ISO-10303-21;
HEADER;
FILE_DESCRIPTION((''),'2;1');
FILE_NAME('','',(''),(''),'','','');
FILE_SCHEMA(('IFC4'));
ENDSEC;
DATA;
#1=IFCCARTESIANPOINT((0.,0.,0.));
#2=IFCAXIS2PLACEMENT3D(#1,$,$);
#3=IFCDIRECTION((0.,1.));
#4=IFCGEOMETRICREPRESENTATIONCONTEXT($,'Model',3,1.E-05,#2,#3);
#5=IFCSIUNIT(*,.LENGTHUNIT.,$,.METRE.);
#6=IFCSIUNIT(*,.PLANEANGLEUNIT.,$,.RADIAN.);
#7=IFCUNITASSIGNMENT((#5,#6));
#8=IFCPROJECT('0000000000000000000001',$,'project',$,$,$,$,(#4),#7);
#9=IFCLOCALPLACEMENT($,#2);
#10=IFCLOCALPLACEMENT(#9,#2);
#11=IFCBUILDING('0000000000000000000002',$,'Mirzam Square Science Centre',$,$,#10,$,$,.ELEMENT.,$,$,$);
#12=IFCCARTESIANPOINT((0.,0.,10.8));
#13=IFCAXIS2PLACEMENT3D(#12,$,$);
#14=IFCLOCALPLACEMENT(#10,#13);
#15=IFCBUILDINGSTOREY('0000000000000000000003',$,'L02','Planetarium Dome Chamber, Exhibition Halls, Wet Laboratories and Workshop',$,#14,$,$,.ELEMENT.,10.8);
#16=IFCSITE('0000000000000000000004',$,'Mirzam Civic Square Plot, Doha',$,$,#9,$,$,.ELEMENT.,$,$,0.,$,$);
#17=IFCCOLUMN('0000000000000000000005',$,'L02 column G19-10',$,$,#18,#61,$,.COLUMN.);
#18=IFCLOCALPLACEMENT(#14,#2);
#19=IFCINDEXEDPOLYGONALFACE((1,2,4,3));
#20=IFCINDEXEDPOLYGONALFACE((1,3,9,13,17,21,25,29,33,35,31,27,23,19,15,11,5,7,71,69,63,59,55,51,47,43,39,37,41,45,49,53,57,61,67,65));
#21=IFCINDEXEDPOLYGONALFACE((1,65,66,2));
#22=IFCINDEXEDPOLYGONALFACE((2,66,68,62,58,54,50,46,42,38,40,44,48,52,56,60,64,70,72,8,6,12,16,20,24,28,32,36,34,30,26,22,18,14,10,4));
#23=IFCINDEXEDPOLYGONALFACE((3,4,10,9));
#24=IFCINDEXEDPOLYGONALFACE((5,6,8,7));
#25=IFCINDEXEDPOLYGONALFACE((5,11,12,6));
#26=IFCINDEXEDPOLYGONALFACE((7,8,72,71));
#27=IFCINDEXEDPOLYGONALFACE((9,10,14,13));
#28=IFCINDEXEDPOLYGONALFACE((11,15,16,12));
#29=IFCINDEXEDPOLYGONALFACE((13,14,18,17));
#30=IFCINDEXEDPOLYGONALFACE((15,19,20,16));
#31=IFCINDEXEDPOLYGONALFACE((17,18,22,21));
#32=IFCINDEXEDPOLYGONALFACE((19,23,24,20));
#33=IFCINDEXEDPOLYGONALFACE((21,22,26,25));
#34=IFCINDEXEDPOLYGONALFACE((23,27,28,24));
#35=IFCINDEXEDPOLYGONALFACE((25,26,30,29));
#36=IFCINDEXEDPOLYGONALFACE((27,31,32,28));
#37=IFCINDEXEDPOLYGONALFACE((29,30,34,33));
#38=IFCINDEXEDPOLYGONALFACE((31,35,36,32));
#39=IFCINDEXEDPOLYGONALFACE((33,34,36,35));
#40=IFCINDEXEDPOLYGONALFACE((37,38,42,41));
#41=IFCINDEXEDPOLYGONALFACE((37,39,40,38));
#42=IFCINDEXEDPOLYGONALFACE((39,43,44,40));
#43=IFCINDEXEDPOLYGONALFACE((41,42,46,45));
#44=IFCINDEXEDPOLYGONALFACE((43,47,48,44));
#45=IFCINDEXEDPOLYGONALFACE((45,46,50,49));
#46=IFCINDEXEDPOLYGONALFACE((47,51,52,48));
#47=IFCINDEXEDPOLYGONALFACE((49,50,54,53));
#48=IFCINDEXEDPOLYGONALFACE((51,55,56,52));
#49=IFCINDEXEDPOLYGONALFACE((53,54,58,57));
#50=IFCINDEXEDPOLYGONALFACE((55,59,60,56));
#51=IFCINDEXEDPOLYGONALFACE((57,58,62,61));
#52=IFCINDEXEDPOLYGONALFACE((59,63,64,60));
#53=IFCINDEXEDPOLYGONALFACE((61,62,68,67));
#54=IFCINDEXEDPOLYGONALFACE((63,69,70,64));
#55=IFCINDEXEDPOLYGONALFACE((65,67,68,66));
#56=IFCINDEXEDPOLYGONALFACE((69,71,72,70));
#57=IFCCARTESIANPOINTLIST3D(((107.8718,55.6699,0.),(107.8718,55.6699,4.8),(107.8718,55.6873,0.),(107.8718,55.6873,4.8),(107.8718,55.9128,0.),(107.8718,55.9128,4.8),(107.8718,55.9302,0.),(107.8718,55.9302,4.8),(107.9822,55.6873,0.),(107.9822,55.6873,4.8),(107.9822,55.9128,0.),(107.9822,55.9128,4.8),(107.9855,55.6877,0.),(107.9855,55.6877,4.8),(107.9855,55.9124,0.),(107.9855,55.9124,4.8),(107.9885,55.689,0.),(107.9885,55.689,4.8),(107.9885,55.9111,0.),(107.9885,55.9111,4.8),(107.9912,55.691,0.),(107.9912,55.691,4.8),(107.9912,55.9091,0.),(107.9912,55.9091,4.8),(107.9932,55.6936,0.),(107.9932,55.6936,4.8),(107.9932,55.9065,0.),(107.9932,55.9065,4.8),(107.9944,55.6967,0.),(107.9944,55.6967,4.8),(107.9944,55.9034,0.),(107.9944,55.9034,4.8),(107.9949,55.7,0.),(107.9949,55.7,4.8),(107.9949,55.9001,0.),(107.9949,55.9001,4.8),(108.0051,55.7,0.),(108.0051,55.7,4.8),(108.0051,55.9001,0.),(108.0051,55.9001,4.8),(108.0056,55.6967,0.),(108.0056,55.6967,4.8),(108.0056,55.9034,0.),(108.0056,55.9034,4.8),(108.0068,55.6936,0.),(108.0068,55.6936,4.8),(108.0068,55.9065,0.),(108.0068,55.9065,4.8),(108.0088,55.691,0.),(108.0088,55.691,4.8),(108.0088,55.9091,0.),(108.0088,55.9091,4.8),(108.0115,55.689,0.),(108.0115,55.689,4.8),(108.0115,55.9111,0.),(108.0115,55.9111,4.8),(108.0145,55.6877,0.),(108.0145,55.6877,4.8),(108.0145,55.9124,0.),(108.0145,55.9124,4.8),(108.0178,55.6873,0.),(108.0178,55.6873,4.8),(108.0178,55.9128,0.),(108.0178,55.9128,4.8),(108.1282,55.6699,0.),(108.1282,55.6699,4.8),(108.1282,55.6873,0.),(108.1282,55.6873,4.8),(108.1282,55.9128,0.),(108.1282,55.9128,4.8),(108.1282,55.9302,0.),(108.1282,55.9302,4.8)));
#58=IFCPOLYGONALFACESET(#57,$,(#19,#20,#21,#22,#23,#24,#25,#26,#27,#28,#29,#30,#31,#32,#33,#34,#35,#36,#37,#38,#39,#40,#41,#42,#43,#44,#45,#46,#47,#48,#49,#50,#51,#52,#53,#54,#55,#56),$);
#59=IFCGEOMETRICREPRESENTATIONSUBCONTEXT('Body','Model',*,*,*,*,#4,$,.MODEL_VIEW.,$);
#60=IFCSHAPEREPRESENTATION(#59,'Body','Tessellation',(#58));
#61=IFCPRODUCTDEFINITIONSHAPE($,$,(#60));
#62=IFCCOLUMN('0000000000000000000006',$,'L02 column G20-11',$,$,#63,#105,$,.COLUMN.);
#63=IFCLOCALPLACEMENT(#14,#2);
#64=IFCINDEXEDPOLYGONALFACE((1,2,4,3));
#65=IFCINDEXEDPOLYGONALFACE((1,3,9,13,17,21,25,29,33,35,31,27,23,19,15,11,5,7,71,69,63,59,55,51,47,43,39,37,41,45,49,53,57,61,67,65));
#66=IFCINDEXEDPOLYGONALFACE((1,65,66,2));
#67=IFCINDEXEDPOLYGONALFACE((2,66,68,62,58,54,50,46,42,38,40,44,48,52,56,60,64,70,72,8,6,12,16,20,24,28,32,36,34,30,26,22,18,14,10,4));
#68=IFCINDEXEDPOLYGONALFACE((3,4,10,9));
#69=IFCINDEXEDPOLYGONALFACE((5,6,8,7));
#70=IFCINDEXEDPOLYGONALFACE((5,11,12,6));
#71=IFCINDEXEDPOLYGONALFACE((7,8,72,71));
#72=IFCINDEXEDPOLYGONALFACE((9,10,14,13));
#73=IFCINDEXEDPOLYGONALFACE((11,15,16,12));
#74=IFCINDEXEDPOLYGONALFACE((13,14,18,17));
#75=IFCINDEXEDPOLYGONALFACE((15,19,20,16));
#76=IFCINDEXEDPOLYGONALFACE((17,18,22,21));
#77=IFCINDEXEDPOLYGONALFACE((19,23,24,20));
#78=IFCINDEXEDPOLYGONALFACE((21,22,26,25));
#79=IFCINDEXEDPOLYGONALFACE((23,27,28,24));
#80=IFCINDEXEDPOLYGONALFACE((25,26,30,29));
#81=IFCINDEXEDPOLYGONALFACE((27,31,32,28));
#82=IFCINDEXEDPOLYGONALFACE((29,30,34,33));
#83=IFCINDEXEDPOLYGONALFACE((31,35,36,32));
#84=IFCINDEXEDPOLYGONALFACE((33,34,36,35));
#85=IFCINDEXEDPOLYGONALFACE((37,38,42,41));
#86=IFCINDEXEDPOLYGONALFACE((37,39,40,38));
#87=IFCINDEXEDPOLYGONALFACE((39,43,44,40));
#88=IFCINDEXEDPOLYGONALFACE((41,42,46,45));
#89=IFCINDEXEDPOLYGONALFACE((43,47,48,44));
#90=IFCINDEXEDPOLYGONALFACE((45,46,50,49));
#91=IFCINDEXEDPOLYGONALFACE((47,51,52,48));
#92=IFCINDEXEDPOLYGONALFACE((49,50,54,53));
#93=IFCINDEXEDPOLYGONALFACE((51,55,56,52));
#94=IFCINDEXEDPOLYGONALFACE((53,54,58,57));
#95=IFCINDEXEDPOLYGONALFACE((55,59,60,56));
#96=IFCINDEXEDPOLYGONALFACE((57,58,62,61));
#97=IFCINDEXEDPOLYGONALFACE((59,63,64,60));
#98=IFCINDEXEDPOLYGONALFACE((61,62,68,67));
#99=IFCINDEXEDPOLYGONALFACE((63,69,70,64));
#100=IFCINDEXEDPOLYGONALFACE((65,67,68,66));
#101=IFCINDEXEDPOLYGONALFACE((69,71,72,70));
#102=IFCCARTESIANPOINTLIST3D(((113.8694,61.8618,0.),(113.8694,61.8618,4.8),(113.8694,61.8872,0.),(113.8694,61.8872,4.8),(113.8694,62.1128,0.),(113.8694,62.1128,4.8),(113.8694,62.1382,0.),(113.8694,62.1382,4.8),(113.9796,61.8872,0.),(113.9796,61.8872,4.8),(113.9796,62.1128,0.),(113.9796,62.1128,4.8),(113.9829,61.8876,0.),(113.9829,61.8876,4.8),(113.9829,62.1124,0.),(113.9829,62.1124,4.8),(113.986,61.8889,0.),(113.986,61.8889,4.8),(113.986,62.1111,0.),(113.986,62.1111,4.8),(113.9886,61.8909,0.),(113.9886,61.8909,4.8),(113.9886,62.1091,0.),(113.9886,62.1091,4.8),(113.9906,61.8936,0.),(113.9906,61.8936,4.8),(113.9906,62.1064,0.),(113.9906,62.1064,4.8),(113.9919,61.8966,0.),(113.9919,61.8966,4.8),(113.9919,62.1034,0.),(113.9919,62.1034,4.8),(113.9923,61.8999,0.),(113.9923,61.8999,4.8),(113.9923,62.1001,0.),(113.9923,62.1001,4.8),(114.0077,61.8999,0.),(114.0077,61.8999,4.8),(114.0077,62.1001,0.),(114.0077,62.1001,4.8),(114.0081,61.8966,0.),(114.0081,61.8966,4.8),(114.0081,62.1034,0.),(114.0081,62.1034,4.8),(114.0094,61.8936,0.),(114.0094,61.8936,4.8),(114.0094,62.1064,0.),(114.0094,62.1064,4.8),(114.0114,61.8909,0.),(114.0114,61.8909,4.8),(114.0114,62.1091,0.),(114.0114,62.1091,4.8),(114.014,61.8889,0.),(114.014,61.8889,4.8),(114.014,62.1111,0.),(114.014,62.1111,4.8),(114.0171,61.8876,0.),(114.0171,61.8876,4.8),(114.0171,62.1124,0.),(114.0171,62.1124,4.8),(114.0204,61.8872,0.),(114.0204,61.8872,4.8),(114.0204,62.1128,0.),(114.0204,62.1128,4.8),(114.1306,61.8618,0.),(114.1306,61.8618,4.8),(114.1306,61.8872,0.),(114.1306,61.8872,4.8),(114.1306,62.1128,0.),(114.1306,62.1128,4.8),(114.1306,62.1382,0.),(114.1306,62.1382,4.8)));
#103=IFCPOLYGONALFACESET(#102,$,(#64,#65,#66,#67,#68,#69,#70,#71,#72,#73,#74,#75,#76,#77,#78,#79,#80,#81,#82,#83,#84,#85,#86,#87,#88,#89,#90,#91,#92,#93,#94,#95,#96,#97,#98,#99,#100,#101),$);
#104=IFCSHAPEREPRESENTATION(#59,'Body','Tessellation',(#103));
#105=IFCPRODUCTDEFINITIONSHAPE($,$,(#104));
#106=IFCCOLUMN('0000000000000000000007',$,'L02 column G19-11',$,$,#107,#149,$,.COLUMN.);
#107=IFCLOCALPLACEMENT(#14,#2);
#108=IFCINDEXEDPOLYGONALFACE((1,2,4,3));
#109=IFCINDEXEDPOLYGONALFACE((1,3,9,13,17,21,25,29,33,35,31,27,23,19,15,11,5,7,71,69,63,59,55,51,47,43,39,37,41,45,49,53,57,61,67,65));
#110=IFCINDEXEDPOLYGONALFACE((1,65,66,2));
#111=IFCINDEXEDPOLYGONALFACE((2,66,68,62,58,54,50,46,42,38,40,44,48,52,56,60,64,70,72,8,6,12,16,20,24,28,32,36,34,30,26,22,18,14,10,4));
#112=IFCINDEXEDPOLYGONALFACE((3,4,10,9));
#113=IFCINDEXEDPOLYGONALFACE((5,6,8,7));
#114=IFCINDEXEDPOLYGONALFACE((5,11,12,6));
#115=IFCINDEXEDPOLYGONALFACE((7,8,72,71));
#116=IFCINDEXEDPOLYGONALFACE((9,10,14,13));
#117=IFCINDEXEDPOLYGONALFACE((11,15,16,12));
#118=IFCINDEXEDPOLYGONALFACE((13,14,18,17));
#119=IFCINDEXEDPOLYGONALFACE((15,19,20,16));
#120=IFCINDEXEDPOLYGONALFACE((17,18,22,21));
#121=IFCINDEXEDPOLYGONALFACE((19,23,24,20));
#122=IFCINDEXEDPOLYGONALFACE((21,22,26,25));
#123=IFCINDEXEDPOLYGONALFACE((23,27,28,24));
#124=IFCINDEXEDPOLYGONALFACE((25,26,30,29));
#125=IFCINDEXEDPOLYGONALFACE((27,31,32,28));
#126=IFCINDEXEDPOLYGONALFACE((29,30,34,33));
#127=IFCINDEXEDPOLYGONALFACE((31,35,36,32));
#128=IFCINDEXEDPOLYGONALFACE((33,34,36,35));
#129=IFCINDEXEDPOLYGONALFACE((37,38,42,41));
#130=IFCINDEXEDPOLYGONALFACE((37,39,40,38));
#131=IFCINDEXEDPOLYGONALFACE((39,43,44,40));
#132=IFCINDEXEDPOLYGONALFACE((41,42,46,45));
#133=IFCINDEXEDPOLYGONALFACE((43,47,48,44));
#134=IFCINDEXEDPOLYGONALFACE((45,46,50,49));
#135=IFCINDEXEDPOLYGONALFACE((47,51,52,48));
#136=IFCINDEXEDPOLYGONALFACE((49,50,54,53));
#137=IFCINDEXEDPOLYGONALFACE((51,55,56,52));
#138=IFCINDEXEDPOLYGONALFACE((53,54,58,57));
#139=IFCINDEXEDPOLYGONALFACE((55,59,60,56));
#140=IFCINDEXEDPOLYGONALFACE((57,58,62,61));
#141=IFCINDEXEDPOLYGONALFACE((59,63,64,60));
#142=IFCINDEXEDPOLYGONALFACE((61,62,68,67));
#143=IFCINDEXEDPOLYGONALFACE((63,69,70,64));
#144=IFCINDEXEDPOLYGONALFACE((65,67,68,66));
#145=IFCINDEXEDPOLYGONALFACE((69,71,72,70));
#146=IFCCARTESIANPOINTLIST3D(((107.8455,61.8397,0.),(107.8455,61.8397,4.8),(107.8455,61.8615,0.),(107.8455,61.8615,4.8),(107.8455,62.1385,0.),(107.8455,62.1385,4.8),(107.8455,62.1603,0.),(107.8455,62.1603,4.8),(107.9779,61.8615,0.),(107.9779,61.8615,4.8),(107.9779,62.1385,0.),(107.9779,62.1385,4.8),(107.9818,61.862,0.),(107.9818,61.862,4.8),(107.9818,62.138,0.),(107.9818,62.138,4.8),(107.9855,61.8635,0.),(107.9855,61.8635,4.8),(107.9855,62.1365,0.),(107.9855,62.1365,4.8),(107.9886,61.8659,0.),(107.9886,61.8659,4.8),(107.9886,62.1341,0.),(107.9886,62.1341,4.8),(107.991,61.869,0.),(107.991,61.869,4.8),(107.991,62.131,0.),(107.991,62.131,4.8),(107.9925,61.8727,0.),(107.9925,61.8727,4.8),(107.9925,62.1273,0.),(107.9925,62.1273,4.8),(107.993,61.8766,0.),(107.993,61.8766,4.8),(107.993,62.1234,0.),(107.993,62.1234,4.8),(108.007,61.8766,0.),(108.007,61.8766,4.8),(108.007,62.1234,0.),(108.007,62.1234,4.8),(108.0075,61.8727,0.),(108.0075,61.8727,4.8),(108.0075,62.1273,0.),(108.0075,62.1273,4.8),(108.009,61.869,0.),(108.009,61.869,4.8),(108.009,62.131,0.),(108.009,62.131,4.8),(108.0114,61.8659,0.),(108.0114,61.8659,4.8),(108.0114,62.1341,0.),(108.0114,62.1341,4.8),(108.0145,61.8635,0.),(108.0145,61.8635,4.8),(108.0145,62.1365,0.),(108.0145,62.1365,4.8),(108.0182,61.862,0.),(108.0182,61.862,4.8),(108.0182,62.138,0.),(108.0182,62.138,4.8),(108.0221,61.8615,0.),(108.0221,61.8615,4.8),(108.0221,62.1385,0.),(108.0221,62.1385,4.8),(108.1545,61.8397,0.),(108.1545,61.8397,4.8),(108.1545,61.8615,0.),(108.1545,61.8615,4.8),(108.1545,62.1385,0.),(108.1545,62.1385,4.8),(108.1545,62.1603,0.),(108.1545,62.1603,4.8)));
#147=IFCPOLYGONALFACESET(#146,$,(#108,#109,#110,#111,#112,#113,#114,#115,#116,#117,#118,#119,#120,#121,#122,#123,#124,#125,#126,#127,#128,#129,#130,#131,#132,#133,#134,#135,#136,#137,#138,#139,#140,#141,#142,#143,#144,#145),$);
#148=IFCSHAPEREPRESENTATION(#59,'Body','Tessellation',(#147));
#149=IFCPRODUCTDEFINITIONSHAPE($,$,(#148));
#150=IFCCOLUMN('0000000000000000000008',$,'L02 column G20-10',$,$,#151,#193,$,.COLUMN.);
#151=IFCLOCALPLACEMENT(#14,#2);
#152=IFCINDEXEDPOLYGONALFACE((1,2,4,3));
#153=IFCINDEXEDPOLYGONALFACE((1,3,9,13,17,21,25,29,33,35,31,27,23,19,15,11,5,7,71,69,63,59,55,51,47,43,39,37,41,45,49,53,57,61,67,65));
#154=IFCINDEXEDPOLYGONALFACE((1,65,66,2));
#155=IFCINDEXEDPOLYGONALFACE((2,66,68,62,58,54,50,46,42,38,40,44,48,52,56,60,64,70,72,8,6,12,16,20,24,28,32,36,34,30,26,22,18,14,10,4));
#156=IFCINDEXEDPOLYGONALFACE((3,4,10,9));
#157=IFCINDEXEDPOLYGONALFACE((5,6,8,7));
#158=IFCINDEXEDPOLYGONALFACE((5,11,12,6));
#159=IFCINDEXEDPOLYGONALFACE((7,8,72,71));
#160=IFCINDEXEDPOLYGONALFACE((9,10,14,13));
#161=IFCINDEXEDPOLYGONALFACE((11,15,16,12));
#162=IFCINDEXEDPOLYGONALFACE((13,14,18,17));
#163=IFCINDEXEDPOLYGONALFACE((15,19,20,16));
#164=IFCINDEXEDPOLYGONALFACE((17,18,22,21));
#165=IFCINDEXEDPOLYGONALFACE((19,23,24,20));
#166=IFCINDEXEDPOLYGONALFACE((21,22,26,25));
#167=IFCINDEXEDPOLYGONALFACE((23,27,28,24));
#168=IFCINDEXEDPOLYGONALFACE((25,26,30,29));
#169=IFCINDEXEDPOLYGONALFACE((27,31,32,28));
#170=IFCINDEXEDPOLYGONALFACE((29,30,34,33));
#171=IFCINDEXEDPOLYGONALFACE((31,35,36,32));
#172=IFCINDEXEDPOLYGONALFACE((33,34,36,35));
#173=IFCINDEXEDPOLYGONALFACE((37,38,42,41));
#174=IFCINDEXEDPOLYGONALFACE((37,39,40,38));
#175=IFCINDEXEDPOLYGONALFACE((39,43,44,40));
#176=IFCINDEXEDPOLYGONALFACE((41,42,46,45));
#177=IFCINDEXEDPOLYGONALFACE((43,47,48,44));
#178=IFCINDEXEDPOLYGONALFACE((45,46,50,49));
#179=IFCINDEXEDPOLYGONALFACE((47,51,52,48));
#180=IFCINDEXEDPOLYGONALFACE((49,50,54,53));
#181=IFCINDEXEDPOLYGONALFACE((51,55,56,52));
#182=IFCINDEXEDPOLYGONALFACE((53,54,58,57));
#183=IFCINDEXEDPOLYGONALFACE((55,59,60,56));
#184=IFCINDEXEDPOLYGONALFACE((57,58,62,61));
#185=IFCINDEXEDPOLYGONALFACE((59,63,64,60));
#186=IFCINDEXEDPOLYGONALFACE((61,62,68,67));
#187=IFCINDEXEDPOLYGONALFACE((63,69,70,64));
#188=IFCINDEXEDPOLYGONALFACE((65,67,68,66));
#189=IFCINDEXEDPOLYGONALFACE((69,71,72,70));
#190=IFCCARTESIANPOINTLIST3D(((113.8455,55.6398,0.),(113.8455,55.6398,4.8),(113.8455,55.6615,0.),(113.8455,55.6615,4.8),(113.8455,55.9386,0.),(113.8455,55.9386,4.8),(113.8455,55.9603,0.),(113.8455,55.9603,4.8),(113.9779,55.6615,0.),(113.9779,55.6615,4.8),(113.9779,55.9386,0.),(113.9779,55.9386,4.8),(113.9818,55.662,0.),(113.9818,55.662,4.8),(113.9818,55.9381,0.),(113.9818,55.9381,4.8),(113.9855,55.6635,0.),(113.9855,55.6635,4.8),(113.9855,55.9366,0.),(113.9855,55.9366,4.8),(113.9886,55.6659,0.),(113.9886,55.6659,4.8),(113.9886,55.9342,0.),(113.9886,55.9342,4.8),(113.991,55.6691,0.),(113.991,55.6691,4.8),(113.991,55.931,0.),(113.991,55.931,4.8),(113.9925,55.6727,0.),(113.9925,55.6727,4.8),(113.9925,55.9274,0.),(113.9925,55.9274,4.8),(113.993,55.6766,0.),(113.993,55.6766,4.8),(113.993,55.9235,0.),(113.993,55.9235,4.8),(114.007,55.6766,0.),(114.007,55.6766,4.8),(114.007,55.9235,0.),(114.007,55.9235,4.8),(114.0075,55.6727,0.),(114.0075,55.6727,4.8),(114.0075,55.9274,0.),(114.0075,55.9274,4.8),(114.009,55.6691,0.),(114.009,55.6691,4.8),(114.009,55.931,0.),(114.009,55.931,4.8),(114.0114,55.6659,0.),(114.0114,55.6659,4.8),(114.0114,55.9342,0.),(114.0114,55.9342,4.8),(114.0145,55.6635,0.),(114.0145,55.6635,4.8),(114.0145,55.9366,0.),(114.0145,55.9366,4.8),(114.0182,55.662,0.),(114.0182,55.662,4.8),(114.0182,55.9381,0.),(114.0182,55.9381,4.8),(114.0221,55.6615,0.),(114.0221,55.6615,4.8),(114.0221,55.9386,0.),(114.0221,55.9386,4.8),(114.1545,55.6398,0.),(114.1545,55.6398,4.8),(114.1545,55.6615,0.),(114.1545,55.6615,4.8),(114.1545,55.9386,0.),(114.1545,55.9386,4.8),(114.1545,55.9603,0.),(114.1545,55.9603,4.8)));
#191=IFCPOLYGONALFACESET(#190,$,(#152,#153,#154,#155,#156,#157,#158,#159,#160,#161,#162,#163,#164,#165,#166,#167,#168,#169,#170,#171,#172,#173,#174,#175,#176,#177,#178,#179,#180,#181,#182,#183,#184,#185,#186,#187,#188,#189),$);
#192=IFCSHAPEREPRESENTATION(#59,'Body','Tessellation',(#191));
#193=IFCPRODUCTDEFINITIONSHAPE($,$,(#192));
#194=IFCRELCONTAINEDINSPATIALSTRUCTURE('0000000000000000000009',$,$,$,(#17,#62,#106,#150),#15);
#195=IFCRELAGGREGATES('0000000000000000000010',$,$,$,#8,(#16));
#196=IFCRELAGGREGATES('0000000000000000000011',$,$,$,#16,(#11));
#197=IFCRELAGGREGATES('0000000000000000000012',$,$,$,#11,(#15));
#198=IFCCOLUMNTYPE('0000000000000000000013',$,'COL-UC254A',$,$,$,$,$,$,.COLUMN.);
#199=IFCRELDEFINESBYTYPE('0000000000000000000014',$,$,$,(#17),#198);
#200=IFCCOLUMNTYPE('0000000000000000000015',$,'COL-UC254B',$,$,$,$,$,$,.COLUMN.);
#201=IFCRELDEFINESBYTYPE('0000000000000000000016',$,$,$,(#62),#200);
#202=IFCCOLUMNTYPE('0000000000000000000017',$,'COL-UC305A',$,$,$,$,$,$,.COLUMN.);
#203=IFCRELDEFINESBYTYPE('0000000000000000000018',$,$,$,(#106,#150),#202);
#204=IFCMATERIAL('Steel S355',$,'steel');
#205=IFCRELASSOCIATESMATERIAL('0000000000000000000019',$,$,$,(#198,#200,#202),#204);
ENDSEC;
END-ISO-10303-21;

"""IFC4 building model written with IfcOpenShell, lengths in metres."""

from ifc_helpers import new_model, si_unit, direction, frame, origin, origin_2d, place, context, subcontext, project, spatial, i_section, extrude, material, material_profile, profile_set, type_object, element, save


model = new_model("IFC4")

# Units and contexts
model_context = context("Model", 3, precision=1e-05, world=origin(), true_north=direction((0.0, 1.0)))
body_context = subcontext(model_context, "Body", "Model", "MODEL_VIEW")
ifc_project = project(units=[si_unit("LENGTHUNIT", "METRE"), si_unit("PLANEANGLEUNIT", "RADIAN")], contexts=[model_context])

# Site, building, storey
site_placement = place(None, origin())
site = spatial("IfcSite", under=ifc_project, at=site_placement, Name="Mirzam Civic Square Plot, Doha", CompositionType="ELEMENT", RefElevation=0.0)
building_placement = place(site_placement, origin())
building = spatial("IfcBuilding", under=site, at=building_placement, Name="Mirzam Square Science Centre", CompositionType="ELEMENT")
storey_placement = place(building_placement, frame((0.0, 0.0, 10.8)))
storey = spatial("IfcBuildingStorey", under=building, at=storey_placement, Name="L02", Description="Planetarium Dome Chamber, Exhibition Halls, Wet Laboratories and Workshop", CompositionType="ELEMENT", Elevation=10.8)

# Columns
ifc_material_1 = material(Name="Steel S355", Category="steel")
ifc_material_profile_1 = material_profile(ifc_material_1, i_section(OverallWidth=0.2563, OverallDepth=0.2603, WebThickness=0.0103, FlangeThickness=0.0173, FilletRadius=0.0127, at=origin_2d()), Name="254x254x89UC")
ifc_profile_set_1 = profile_set([ifc_material_profile_1], Name="Steel S355")
column_type_1 = type_object("IfcColumnType", Name="COL-UC254A", PredefinedType="COLUMN", material=ifc_profile_set_1)
column_1_placement = place(storey_placement, frame((108.0, 55.8, 0.0), z_axis=(0.0, 0.0, 1.0), x_axis=(1.0, 0.0, 0.0)))
element("IfcColumn", 1, at=column_1_placement, inside=storey, type_object=column_type_1, Name="L02 column G19-10", PredefinedType="COLUMN", context=body_context, shape_type="SweptSolid", body=[
    extrude(i_section(OverallWidth=0.2563, OverallDepth=0.2603, WebThickness=0.0103, FlangeThickness=0.0173, FilletRadius=0.0127, at=origin_2d()), origin(), (0.0, 0.0, 1.0), 4.8),
])
ifc_material_profile_2 = material_profile(ifc_material_1, i_section(OverallWidth=0.2612, OverallDepth=0.2764, WebThickness=0.0154, FlangeThickness=0.0254, FilletRadius=0.0127, at=origin_2d()), Name="254x254x132UC")
ifc_profile_set_2 = profile_set([ifc_material_profile_2], Name="Steel S355")
column_type_2 = type_object("IfcColumnType", Name="COL-UC254B", PredefinedType="COLUMN", material=ifc_profile_set_2)
column_2_placement = place(storey_placement, frame((114.0, 62.0, 0.0), z_axis=(0.0, 0.0, 1.0), x_axis=(1.0, 0.0, 0.0)))
element("IfcColumn", 2, at=column_2_placement, inside=storey, type_object=column_type_2, Name="L02 column G20-11", PredefinedType="COLUMN", context=body_context, shape_type="SweptSolid", body=[
    extrude(i_section(OverallWidth=0.2612, OverallDepth=0.2764, WebThickness=0.0154, FlangeThickness=0.0254, FilletRadius=0.0127, at=origin_2d()), origin(), (0.0, 0.0, 1.0), 4.8),
])
ifc_material_profile_3 = material_profile(ifc_material_1, i_section(OverallWidth=0.3091, OverallDepth=0.3206, WebThickness=0.0139, FlangeThickness=0.0217, FilletRadius=0.0151, at=origin_2d()), Name="305x305x137UC")
ifc_profile_set_3 = profile_set([ifc_material_profile_3], Name="Steel S355")
column_type_3 = type_object("IfcColumnType", Name="COL-UC305A", PredefinedType="COLUMN", material=ifc_profile_set_3)
for number, where, z_axis, x_axis, name in (
    (3, (108.0, 62.0, 0.0), (0.0, 0.0, 1.0), (1.0, 0.0, 0.0), "L02 column G19-11"),
    (4, (114.0, 55.8, 0.0), (0.0, 0.0, 1.0), (1.0, 0.0, 0.0), "L02 column G20-10"),
):
    element("IfcColumn", number, at=place(storey_placement, frame(where, z_axis=z_axis, x_axis=x_axis)), inside=storey, type_object=column_type_3, Name=name, PredefinedType="COLUMN", context=body_context, shape_type="SweptSolid", body=[
        extrude(i_section(OverallWidth=0.3091, OverallDepth=0.3206, WebThickness=0.0139, FlangeThickness=0.0217, FilletRadius=0.0151, at=origin_2d()), origin(), (0.0, 0.0, 1.0), 4.8),
    ])

save(model, "model.ifc")
